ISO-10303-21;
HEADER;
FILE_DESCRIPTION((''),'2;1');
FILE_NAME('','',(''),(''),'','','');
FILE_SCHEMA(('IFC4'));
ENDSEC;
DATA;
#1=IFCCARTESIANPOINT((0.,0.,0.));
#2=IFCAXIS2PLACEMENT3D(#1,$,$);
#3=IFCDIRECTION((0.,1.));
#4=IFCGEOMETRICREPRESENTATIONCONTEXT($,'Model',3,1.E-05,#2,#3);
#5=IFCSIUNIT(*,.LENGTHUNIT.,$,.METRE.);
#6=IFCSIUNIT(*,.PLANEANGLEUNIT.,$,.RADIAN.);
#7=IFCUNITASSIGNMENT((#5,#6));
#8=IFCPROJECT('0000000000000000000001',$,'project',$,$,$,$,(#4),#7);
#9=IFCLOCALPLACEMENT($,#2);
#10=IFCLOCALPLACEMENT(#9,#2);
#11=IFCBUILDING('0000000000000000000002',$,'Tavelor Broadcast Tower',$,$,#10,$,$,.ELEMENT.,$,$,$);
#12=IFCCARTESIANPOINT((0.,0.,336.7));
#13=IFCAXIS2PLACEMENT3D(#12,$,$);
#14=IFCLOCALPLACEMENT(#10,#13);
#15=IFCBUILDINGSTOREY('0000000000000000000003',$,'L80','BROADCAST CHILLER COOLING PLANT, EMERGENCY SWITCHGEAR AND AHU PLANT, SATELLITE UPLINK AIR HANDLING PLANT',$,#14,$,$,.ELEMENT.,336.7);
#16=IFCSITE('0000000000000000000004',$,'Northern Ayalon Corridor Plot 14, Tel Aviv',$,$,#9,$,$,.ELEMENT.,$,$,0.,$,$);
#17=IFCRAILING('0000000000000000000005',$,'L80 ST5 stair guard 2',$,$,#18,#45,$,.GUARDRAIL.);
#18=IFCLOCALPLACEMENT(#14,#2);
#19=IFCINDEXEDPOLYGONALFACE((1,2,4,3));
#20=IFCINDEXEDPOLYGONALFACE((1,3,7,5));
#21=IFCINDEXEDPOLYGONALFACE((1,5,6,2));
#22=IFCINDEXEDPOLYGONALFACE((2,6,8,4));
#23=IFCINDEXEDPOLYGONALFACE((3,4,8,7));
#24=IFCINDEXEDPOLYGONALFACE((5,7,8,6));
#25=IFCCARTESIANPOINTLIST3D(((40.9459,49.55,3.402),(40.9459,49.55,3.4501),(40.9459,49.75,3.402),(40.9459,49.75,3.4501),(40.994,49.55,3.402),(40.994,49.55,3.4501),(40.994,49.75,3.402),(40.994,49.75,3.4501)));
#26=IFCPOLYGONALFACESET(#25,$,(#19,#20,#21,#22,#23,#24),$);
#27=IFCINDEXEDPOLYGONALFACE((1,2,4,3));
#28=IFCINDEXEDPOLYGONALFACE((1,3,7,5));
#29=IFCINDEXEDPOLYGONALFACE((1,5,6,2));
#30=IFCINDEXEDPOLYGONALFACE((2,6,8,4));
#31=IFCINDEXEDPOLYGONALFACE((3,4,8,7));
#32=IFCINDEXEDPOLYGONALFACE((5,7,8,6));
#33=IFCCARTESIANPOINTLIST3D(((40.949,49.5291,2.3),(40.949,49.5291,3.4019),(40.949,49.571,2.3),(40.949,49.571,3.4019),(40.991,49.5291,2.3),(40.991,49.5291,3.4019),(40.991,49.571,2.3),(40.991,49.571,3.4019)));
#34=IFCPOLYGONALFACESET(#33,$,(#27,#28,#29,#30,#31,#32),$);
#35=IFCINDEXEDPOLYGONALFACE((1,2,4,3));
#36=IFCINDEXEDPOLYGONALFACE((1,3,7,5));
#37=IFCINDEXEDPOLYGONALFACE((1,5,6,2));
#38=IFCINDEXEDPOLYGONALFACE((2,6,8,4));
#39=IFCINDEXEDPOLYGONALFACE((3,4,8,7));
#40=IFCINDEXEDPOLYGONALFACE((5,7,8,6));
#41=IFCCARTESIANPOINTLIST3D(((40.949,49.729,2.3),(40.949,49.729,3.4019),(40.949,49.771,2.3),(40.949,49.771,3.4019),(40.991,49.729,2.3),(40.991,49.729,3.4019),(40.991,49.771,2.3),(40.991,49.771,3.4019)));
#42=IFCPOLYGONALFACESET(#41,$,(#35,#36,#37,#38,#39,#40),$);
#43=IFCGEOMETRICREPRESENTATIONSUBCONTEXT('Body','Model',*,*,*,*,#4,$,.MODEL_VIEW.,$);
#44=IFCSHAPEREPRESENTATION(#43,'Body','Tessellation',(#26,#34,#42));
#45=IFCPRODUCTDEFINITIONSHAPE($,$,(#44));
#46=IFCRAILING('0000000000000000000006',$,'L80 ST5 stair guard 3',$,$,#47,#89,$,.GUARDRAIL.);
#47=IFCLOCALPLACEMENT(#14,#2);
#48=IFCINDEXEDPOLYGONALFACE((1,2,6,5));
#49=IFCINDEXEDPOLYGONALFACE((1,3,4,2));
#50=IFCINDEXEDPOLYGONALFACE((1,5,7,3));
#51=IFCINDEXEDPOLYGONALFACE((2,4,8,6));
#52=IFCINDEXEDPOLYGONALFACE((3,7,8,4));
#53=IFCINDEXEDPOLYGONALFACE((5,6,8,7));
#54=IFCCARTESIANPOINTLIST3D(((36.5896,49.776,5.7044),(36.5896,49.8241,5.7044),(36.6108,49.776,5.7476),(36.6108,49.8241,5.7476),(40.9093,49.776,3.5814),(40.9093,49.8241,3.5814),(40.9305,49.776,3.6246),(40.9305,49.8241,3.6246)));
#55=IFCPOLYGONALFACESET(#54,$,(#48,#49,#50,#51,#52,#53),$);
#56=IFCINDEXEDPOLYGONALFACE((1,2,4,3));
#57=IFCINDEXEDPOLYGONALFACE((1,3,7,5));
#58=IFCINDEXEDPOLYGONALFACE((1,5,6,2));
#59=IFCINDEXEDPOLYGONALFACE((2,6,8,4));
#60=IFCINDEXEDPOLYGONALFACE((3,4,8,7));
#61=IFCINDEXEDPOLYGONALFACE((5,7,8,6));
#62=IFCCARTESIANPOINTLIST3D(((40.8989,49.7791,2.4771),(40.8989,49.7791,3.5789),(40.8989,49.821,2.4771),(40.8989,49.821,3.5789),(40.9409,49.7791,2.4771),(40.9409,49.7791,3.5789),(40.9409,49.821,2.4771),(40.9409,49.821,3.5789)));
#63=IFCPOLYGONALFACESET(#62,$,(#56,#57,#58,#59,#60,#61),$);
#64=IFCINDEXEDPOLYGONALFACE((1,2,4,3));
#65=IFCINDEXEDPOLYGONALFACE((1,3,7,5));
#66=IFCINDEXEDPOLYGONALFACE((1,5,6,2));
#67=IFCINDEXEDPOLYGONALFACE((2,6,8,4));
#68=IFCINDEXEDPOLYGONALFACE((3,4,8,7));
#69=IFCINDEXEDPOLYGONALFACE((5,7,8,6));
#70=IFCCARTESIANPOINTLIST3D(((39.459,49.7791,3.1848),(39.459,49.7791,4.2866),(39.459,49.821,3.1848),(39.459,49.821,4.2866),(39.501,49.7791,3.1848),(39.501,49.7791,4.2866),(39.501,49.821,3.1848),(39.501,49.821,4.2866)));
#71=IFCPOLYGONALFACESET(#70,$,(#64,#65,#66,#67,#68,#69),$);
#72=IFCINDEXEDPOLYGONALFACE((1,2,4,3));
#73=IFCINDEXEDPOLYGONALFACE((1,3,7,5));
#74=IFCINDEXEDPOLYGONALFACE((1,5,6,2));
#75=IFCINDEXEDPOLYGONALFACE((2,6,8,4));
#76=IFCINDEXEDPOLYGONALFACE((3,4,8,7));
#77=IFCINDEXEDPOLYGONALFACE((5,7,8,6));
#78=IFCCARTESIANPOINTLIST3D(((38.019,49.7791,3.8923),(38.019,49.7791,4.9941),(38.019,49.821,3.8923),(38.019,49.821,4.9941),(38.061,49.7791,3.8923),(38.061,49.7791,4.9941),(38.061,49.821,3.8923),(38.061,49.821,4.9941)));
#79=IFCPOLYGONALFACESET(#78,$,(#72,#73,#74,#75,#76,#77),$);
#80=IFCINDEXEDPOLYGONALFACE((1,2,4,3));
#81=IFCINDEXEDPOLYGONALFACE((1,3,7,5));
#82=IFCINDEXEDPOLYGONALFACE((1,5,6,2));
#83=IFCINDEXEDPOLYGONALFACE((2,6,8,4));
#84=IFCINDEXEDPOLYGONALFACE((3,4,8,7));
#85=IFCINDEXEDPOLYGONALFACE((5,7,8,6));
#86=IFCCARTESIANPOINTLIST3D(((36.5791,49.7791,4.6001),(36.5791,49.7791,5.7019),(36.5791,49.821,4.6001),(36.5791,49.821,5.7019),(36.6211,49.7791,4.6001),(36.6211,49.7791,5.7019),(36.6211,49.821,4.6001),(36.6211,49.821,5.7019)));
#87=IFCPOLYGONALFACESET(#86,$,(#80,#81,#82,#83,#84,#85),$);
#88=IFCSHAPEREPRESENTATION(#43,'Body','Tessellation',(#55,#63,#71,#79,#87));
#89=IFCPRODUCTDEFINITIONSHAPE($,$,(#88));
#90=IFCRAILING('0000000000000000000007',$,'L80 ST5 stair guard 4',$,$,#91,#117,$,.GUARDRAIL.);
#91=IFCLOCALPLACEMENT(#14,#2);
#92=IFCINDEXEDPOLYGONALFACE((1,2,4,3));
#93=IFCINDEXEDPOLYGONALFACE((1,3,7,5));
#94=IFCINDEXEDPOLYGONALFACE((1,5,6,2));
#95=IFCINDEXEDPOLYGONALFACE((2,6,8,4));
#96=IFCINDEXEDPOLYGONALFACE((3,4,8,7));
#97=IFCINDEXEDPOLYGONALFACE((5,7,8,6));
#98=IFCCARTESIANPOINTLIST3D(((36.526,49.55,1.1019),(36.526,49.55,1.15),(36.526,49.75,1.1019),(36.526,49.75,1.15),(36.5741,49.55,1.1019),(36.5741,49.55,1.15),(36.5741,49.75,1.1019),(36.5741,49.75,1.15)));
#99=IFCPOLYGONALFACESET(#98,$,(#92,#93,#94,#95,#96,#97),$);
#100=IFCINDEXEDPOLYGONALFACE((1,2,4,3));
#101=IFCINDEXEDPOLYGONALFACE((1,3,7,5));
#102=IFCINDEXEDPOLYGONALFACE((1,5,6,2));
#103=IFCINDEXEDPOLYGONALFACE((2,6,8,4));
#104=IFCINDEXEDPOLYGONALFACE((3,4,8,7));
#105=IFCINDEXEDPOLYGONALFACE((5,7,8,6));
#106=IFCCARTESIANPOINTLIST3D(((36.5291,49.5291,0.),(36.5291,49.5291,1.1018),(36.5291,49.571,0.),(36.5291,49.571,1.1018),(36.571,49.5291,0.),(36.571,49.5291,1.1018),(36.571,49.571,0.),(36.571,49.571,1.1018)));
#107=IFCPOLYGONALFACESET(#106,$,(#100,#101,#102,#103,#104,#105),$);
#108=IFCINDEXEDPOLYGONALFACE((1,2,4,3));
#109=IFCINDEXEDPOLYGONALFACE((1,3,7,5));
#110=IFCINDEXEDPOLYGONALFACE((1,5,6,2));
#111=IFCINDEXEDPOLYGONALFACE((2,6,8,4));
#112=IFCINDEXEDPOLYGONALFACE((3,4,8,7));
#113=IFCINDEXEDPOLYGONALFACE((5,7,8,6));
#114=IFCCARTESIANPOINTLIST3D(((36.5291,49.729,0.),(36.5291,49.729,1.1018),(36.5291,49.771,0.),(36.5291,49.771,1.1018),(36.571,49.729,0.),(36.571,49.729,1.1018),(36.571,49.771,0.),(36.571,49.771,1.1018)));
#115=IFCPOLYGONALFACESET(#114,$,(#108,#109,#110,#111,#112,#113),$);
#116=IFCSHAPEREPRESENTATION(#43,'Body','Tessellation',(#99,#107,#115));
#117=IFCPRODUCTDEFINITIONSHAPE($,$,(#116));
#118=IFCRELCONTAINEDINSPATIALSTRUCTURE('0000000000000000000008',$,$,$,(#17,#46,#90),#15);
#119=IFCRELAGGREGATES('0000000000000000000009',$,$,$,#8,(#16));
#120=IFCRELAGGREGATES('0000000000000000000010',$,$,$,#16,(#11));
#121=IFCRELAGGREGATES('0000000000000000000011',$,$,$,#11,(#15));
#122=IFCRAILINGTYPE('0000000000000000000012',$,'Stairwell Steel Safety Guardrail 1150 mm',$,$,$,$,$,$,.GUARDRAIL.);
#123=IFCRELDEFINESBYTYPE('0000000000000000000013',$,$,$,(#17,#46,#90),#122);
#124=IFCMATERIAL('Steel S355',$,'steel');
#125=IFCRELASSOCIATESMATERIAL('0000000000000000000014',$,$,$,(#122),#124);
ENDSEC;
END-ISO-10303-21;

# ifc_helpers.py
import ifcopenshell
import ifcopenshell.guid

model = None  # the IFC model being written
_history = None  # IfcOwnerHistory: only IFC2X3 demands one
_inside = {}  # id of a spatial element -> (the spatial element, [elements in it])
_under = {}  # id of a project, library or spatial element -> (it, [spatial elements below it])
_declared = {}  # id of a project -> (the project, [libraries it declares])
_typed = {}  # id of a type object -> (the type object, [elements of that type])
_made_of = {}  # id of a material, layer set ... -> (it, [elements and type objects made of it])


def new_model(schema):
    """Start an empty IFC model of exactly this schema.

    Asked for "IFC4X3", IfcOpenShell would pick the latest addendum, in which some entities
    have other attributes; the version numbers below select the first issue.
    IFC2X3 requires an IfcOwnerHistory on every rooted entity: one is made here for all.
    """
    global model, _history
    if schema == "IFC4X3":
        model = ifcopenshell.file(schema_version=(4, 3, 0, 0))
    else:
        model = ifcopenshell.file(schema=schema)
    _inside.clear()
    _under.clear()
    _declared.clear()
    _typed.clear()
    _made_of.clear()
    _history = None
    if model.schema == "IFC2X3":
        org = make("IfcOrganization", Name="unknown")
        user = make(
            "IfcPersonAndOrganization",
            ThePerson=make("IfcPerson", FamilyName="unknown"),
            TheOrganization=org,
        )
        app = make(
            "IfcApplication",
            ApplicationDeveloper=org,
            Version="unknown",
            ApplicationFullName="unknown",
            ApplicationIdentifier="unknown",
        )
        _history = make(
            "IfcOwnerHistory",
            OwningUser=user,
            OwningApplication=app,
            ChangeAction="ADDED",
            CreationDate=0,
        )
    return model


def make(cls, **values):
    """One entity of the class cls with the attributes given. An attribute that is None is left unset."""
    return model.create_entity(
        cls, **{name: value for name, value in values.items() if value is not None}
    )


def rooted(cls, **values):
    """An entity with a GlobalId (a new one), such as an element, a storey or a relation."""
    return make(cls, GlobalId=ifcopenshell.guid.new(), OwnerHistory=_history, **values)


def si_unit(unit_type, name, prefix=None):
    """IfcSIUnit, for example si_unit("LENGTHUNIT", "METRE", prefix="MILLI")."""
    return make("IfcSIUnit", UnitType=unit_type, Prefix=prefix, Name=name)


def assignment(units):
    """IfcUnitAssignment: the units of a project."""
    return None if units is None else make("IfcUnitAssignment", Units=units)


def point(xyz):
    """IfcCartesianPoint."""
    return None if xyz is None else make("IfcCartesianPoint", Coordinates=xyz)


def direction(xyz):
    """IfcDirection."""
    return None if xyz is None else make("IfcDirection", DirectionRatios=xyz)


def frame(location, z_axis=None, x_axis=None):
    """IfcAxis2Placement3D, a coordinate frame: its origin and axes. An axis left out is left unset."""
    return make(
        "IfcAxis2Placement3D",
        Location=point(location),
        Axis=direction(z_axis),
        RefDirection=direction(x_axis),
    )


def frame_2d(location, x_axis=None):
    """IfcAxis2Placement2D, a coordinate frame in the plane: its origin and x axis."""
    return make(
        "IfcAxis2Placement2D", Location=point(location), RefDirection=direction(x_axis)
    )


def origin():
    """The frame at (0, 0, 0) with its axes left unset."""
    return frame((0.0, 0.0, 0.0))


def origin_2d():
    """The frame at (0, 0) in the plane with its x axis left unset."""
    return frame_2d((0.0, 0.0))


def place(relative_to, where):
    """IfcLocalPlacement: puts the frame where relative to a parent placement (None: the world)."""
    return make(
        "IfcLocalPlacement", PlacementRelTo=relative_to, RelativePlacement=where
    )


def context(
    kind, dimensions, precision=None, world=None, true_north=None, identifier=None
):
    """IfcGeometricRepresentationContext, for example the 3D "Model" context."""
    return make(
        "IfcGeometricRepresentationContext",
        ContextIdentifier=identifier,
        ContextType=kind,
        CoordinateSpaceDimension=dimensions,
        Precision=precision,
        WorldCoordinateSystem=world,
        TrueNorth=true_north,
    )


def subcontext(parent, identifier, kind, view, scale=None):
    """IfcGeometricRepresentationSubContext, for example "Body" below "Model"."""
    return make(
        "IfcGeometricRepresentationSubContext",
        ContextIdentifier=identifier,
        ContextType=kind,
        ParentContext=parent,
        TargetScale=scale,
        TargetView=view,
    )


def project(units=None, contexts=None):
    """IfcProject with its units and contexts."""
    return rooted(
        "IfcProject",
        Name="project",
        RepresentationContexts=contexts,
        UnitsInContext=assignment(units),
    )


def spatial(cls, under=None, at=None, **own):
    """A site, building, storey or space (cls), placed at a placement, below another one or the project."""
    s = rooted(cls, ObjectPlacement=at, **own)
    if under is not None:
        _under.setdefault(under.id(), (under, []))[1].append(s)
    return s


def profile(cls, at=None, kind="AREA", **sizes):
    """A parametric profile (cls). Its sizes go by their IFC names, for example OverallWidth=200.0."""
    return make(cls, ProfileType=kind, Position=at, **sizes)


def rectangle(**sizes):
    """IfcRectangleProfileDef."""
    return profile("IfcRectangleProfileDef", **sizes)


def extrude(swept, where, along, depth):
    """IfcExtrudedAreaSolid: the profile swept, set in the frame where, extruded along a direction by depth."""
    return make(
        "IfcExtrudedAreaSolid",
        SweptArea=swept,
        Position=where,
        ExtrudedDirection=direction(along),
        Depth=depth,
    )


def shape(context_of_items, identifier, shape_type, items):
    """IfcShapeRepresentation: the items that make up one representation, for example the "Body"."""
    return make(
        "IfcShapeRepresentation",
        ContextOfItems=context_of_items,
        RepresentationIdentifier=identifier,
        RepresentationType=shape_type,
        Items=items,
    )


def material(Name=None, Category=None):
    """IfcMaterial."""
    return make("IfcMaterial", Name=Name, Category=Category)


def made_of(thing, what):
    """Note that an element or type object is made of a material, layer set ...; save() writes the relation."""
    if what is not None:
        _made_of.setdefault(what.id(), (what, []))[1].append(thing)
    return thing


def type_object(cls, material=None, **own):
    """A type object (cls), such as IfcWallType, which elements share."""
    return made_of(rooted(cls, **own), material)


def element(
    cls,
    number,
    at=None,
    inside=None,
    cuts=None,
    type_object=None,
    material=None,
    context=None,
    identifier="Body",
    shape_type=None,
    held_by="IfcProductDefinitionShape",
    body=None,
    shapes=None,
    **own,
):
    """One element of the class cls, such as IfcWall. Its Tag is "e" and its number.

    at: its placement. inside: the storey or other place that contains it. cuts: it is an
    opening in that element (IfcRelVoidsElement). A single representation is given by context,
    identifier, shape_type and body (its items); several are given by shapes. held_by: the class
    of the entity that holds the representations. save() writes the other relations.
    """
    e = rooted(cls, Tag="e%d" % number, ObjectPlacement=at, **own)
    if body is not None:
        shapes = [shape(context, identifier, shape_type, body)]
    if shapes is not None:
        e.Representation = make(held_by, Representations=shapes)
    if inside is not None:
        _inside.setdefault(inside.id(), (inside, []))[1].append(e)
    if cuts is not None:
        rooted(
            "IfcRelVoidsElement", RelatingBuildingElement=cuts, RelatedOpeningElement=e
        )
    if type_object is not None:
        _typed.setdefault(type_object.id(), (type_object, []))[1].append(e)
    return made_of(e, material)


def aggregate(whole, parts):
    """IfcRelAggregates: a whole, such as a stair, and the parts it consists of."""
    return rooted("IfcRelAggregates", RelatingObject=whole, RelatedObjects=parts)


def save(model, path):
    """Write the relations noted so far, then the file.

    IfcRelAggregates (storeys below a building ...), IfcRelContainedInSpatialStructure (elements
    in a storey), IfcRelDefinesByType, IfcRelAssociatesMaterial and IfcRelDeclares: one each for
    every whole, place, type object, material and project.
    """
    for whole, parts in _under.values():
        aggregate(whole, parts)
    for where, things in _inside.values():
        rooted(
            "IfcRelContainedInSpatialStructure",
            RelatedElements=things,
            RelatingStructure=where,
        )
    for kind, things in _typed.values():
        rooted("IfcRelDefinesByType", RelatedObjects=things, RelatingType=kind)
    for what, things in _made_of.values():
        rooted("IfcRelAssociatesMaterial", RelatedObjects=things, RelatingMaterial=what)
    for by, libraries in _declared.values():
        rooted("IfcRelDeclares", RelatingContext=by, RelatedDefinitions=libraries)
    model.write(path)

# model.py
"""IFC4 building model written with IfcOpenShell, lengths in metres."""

from ifc_helpers import new_model, si_unit, direction, frame, origin, origin_2d, place, context, subcontext, project, spatial, rectangle, extrude, material, type_object, element, save


model = new_model("IFC4")

# Units and contexts
model_context = context("Model", 3, precision=1e-05, world=origin(), true_north=direction((0.0, 1.0)))
body_context = subcontext(model_context, "Body", "Model", "MODEL_VIEW")
ifc_project = project(units=[si_unit("LENGTHUNIT", "METRE"), si_unit("PLANEANGLEUNIT", "RADIAN")], contexts=[model_context])

# Site, building, storey
site_placement = place(None, origin())
site = spatial("IfcSite", under=ifc_project, at=site_placement, Name="Northern Ayalon Corridor Plot 14, Tel Aviv", CompositionType="ELEMENT", RefElevation=0.0)
building_placement = place(site_placement, origin())
building = spatial("IfcBuilding", under=site, at=building_placement, Name="Tavelor Broadcast Tower", CompositionType="ELEMENT")
storey_placement = place(building_placement, frame((0.0, 0.0, 336.7)))
storey = spatial("IfcBuildingStorey", under=building, at=storey_placement, Name="L80", Description="BROADCAST CHILLER COOLING PLANT, EMERGENCY SWITCHGEAR AND AHU PLANT, SATELLITE UPLINK AIR HANDLING PLANT", CompositionType="ELEMENT", Elevation=336.7)

# Shared definitions
ifc_material_1 = material(Name="Steel S355", Category="steel")

# Railings
railing_type_1 = type_object("IfcRailingType", Name="Stairwell Steel Safety Guardrail 1150 mm", PredefinedType="GUARDRAIL", material=ifc_material_1)
railing_1_placement = place(storey_placement, frame((40.97, 49.55, 2.3)))
element("IfcRailing", 1, at=railing_1_placement, inside=storey, type_object=railing_type_1, Name="L80 ST5 stair guard 2", PredefinedType="GUARDRAIL", context=body_context, shape_type="SweptSolid", body=[
    extrude(rectangle(XDim=0.0481, YDim=0.0481, at=origin_2d()), frame((0.0, 0.0, 1.126), z_axis=(0.0, 1.0, 0.0), x_axis=(-1.0, 0.0, 0.0)), (0.0, 0.0, 1.0), 0.2),
    extrude(rectangle(XDim=0.042, YDim=0.042, at=origin_2d()), origin(), (0.0, 0.0, 1.0), 1.1018),
    extrude(rectangle(XDim=0.042, YDim=0.042, at=origin_2d()), frame((0.0, 0.2, 0.0)), (0.0, 0.0, 1.0), 1.1018),
])
railing_2_placement = place(storey_placement, frame((40.9199, 49.8, 2.4771)))
element("IfcRailing", 2, at=railing_2_placement, inside=storey, type_object=railing_type_1, Name="L80 ST5 stair guard 3", PredefinedType="GUARDRAIL", context=body_context, shape_type="SweptSolid", body=[
    extrude(rectangle(XDim=0.0481, YDim=0.0481, at=origin_2d()), frame((0.0, 0.0, 1.126), z_axis=(-0.89747, 0.0, 0.441076), x_axis=(0.0, -1.0, 0.0)), (0.0, 0.0, 1.0), 4.8132),
    extrude(rectangle(XDim=0.042, YDim=0.042, at=origin_2d()), origin(), (0.0, 0.0, 1.0), 1.1018),
    extrude(rectangle(XDim=0.042, YDim=0.042, at=origin_2d()), frame((-1.4399, 0.0, 0.7078)), (0.0, 0.0, 1.0), 1.1018),
    extrude(rectangle(XDim=0.042, YDim=0.042, at=origin_2d()), frame((-2.8799, 0.0, 1.4153)), (0.0, 0.0, 1.0), 1.1018),
    extrude(rectangle(XDim=0.042, YDim=0.042, at=origin_2d()), frame((-4.3198, 0.0, 2.123)), (0.0, 0.0, 1.0), 1.1018),
])
railing_3_placement = place(storey_placement, frame((36.55, 49.55, 0.0)))
element("IfcRailing", 3, at=railing_3_placement, inside=storey, type_object=railing_type_1, Name="L80 ST5 stair guard 4", PredefinedType="GUARDRAIL", context=body_context, shape_type="SweptSolid", body=[
    extrude(rectangle(XDim=0.0481, YDim=0.0481, at=origin_2d()), frame((0.0, 0.0, 1.126), z_axis=(0.0, 1.0, 0.0), x_axis=(-1.0, 0.0, 0.0)), (0.0, 0.0, 1.0), 0.2),
    extrude(rectangle(XDim=0.042, YDim=0.042, at=origin_2d()), origin(), (0.0, 0.0, 1.0), 1.1018),
    extrude(rectangle(XDim=0.042, YDim=0.042, at=origin_2d()), frame((0.0, 0.2, 0.0)), (0.0, 0.0, 1.0), 1.1018),
])

save(model, "model.ifc")
